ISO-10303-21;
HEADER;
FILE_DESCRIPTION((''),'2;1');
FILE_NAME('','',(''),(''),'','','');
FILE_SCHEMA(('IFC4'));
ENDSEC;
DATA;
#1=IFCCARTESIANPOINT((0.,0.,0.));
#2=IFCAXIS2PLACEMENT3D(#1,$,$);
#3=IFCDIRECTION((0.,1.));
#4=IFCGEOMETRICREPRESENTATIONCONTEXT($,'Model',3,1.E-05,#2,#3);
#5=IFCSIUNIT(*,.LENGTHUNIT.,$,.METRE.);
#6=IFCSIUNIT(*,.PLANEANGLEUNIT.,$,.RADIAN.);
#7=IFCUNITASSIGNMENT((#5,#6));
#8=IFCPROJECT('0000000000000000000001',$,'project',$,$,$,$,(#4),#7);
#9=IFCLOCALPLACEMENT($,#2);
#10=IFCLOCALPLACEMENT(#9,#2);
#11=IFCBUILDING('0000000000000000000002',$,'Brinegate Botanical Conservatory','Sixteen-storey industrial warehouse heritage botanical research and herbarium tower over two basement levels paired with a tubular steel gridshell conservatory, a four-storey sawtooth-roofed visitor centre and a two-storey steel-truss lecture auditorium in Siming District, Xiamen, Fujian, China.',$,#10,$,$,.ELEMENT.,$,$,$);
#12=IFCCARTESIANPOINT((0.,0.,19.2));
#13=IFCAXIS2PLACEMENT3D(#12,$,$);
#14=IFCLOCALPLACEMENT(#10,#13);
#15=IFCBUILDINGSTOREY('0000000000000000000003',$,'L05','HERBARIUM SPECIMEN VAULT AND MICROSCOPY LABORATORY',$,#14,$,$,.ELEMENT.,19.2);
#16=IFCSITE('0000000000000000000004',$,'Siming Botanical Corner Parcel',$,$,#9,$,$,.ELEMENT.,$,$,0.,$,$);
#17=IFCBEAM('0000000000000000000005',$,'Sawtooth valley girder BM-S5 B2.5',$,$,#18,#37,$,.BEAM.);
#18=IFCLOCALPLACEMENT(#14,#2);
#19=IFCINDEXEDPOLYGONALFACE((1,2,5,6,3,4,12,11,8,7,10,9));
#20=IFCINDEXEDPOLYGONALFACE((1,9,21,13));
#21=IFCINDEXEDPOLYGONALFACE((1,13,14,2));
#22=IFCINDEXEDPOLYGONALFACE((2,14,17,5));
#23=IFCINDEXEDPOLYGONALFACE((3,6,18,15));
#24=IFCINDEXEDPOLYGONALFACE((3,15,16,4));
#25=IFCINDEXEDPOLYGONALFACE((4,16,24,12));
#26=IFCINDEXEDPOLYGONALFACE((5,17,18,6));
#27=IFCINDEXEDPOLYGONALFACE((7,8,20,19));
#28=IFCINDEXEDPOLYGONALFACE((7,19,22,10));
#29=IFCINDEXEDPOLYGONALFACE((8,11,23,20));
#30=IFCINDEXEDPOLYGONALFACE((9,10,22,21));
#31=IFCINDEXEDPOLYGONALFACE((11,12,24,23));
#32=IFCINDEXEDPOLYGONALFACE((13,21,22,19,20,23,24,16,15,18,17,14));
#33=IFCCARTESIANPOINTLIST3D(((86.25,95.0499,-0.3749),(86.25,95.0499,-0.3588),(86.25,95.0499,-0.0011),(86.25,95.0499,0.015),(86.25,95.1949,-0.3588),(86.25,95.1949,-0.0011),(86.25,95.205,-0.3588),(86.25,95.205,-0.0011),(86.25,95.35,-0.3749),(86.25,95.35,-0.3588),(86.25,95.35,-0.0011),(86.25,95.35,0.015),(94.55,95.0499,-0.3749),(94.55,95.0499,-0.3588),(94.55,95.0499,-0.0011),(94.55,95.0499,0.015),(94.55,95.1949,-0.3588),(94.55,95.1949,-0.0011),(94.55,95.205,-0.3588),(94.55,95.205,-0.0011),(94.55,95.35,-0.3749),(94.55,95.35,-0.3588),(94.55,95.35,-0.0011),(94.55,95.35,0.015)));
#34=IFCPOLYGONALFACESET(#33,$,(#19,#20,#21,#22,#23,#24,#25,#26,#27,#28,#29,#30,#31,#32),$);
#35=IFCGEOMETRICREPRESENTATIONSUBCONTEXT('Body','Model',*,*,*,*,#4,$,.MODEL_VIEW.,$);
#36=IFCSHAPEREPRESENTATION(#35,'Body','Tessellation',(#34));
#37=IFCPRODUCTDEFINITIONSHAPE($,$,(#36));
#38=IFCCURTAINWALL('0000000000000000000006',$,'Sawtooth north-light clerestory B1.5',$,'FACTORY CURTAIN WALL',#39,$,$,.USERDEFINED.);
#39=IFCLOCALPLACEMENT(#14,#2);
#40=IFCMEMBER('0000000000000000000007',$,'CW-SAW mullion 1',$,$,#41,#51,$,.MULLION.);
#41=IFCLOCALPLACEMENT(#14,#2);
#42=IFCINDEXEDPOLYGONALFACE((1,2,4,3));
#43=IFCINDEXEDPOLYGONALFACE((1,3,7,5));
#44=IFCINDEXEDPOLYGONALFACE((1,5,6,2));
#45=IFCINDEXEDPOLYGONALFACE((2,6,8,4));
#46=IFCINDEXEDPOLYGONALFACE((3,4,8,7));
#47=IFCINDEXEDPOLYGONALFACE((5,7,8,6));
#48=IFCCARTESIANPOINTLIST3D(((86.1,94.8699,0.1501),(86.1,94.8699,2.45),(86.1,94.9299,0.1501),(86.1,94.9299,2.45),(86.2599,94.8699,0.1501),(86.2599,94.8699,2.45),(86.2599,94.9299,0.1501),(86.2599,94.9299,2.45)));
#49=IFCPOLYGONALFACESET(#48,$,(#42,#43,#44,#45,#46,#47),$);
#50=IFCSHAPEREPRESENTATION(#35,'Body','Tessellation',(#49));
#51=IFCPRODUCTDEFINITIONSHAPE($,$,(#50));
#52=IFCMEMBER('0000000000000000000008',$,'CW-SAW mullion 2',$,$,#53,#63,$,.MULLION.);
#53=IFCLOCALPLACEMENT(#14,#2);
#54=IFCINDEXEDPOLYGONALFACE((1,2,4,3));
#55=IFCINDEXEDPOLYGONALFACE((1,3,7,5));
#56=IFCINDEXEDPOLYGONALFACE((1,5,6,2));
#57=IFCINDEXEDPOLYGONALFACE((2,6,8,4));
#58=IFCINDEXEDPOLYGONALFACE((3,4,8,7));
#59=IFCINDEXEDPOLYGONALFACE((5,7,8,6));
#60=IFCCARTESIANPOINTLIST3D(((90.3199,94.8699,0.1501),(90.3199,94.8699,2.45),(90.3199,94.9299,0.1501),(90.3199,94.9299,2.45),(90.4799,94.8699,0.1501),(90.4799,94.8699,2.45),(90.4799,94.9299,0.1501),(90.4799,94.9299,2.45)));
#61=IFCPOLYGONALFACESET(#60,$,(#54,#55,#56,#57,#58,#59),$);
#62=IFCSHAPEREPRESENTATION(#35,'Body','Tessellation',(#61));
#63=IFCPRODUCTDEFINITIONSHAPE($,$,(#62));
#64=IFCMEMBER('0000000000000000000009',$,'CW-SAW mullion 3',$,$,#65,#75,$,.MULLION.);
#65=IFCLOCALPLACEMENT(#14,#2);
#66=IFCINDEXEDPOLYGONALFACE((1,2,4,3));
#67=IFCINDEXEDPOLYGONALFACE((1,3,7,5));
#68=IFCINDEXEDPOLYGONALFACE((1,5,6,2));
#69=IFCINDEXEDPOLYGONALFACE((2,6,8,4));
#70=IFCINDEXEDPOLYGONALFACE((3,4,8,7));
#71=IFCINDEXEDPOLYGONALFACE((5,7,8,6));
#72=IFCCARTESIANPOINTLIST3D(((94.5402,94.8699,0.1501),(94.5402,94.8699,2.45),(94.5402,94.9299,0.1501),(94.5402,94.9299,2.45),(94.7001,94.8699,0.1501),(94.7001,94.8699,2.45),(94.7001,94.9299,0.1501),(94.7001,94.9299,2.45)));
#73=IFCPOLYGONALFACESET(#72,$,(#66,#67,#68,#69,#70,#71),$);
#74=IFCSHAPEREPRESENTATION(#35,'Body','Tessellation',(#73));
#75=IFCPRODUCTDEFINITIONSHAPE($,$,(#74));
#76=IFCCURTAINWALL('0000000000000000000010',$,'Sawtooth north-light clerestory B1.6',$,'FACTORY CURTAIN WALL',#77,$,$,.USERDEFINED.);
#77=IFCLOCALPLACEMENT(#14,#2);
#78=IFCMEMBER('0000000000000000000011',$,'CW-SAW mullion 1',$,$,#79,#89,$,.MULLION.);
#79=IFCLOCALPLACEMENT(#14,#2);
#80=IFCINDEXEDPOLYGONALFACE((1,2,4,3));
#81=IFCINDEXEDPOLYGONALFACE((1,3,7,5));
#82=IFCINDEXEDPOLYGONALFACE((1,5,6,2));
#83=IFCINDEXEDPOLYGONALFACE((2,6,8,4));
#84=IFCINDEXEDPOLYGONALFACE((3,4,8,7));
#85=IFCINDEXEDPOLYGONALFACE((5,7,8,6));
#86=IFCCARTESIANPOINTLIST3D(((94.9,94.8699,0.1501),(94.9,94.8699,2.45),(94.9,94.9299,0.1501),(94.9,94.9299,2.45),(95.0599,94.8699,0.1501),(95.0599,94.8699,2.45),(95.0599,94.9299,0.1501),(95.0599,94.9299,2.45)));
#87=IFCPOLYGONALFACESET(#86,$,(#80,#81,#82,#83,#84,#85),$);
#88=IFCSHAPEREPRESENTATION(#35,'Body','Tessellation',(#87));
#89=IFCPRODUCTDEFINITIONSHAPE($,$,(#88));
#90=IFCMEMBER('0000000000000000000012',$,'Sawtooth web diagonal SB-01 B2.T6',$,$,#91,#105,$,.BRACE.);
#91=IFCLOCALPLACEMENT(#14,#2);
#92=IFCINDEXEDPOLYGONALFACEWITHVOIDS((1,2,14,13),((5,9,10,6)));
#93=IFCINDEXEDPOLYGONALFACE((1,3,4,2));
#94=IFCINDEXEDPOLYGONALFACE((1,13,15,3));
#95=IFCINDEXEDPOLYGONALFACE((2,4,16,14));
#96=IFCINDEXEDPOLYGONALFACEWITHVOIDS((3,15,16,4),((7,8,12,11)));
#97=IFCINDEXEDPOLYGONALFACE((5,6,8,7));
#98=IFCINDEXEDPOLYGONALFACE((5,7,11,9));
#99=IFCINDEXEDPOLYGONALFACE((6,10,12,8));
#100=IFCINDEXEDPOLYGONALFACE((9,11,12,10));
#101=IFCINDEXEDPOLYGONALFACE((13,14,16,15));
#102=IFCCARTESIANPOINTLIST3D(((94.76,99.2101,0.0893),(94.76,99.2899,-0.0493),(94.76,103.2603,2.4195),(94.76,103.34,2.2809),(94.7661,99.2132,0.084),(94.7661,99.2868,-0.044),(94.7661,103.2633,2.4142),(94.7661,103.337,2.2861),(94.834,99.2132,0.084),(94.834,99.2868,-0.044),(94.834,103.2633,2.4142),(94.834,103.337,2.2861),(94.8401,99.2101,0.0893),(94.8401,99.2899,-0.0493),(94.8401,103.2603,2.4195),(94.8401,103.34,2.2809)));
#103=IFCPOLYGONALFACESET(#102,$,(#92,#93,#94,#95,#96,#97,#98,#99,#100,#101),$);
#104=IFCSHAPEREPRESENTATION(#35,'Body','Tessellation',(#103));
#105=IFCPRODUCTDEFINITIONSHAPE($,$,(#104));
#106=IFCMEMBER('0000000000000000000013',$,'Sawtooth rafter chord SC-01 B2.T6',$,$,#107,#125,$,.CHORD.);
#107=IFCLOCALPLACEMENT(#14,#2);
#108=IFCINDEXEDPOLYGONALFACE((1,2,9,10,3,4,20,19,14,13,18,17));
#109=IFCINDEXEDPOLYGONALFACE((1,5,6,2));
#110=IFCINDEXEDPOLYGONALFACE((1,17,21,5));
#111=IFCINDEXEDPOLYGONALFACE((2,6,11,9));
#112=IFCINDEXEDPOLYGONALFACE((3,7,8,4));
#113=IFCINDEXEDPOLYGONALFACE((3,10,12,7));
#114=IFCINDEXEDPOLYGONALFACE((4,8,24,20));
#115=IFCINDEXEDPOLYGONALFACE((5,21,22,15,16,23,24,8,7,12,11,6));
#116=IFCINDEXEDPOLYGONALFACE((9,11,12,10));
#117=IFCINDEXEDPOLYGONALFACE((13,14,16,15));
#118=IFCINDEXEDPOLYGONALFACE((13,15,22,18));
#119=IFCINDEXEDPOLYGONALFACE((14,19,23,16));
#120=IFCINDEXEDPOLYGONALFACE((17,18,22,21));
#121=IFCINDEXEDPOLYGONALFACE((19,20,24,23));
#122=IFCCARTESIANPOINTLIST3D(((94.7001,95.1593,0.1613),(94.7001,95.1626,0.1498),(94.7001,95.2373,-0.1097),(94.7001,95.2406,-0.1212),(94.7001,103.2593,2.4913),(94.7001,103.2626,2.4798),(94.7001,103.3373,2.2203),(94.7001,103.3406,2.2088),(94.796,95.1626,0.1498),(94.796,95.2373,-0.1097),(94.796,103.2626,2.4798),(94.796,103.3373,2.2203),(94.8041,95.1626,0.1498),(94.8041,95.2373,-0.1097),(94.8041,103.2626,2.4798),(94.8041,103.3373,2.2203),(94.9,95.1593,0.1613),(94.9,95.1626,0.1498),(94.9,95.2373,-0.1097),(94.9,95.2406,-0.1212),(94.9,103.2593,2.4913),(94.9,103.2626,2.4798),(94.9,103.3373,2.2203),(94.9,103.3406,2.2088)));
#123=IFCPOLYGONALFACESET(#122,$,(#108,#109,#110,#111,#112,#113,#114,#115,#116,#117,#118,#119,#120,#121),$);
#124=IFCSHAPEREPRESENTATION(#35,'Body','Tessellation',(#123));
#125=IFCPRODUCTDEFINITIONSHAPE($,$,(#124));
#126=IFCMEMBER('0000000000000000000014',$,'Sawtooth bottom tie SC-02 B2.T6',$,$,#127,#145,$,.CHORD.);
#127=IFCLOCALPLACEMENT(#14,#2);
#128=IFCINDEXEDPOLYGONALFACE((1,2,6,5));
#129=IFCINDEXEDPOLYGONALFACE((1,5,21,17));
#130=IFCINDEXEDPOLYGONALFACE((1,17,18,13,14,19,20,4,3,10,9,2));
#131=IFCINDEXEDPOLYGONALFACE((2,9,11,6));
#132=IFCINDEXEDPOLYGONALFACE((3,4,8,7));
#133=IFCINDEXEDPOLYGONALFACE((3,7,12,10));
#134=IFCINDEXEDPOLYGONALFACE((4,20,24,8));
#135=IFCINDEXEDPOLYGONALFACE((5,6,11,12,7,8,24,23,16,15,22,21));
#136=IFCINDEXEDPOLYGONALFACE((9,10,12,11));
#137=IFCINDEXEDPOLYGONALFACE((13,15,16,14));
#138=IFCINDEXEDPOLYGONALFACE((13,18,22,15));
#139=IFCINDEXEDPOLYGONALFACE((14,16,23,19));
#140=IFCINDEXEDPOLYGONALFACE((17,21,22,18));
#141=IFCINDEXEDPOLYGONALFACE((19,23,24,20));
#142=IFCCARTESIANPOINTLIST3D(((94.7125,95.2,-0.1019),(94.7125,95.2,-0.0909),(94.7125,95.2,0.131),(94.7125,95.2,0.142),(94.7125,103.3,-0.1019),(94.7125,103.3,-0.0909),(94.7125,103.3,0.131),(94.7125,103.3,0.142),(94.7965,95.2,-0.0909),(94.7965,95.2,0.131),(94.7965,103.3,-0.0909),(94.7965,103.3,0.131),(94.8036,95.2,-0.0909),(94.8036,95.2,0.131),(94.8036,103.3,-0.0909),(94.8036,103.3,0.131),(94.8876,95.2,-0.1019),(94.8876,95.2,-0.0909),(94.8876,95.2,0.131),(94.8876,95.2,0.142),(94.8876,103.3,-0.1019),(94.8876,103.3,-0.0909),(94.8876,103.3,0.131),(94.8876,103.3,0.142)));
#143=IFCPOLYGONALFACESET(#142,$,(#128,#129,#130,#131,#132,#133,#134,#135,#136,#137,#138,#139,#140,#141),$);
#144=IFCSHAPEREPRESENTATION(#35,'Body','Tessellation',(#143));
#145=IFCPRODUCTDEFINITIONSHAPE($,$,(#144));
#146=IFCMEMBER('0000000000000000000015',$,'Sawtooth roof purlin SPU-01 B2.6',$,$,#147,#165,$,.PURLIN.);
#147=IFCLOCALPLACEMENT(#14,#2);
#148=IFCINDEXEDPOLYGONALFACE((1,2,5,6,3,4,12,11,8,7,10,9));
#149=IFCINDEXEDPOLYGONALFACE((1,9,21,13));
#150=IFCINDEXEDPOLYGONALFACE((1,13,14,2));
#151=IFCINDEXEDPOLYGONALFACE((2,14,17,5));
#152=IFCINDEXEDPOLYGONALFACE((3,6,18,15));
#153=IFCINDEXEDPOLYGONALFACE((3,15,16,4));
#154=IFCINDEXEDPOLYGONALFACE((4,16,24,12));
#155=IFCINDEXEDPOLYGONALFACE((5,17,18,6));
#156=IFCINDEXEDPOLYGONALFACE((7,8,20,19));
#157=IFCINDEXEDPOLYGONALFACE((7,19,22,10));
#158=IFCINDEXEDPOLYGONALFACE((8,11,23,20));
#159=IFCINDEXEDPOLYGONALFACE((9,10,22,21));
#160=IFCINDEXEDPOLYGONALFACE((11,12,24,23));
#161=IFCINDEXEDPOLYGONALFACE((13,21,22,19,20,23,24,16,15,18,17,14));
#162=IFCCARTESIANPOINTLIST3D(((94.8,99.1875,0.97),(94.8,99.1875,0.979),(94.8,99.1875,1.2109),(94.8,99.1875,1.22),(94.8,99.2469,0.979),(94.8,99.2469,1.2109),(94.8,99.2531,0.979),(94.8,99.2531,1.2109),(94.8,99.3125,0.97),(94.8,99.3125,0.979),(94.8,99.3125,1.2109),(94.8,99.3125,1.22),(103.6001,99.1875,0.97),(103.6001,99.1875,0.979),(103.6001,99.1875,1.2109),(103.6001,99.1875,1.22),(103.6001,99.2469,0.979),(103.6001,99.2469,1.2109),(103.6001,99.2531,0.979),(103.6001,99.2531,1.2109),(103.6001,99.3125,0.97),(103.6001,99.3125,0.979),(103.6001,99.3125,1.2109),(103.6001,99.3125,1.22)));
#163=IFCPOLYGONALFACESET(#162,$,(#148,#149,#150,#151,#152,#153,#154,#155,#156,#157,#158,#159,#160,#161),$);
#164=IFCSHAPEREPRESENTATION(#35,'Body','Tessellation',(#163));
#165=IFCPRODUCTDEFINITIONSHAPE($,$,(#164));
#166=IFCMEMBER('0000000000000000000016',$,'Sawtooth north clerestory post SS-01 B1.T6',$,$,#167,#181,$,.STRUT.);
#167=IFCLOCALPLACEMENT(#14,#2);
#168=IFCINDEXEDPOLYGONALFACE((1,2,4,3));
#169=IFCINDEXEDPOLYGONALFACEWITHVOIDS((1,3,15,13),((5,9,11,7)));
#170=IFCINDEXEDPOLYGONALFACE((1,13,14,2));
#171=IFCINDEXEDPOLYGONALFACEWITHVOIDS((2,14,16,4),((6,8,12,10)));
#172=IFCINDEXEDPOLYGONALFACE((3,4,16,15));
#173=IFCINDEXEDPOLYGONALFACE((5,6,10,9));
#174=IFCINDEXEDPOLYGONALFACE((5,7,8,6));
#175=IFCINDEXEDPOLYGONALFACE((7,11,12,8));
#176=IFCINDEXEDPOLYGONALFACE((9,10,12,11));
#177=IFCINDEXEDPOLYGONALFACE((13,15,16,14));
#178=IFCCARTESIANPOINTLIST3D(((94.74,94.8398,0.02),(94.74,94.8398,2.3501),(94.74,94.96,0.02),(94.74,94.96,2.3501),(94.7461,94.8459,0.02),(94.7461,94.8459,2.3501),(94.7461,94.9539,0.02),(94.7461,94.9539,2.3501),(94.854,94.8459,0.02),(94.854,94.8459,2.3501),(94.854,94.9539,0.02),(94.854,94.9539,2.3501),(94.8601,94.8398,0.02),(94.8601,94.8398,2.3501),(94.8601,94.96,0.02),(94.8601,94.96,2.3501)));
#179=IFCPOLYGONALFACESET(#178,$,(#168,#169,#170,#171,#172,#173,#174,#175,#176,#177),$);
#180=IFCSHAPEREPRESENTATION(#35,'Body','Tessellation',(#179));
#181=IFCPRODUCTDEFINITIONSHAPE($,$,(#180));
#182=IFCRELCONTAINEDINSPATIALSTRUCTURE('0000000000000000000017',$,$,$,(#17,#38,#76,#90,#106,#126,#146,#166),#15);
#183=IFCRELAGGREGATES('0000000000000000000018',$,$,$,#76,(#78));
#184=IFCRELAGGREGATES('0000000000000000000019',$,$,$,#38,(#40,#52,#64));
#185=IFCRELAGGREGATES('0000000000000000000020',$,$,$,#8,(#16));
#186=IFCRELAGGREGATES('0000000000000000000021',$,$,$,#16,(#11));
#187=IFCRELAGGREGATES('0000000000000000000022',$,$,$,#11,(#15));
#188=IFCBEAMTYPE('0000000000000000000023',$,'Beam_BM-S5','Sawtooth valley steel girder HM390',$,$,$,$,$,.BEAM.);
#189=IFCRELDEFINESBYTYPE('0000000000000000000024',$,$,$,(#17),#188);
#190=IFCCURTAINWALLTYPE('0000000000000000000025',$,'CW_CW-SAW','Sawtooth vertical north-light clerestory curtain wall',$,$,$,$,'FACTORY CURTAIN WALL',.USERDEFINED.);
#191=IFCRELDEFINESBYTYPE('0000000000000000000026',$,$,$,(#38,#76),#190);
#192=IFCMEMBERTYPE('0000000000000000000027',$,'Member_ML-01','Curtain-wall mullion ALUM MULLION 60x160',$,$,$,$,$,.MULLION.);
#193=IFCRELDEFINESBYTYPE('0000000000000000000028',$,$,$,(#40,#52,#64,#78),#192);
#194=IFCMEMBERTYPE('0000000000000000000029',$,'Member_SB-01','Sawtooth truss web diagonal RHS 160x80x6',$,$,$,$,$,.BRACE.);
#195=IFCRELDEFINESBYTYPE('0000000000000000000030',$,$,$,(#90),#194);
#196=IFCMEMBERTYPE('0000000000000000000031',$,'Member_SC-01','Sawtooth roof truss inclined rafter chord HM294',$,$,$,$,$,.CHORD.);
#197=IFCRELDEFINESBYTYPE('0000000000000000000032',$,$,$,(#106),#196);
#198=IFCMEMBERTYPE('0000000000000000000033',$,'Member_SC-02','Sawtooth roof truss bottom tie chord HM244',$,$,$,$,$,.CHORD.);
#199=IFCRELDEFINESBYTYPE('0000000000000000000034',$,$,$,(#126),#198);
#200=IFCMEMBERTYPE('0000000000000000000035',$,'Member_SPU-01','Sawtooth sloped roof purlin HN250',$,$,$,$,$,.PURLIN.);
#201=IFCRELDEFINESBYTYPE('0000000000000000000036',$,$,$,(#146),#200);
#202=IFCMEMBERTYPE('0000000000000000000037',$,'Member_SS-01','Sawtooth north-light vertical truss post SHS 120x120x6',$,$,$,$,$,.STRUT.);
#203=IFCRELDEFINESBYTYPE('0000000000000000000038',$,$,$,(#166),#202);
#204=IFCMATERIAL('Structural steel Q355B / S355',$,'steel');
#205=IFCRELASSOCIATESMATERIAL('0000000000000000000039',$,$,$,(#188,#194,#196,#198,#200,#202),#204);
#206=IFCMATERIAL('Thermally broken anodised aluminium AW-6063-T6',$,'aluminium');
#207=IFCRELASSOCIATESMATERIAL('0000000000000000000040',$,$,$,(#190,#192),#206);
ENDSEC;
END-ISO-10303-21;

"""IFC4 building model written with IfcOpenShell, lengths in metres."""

from ifc_helpers import new_model, si_unit, direction, frame, origin, origin_2d, place, context, subcontext, project, spatial, rectangle, hollow_rectangle, i_section, extrude, material, material_profile, profile_set, type_object, element, aggregate, save


model = new_model("IFC4")

# Units and contexts
model_context = context("Model", 3, precision=1e-05, world=origin(), true_north=direction((0.0, 1.0)))
body_context = subcontext(model_context, "Body", "Model", "MODEL_VIEW")
ifc_project = project(units=[si_unit("LENGTHUNIT", "METRE"), si_unit("PLANEANGLEUNIT", "RADIAN")], contexts=[model_context])

# Site, building, storey
site_placement = place(None, origin())
site = spatial("IfcSite", under=ifc_project, at=site_placement, Name="Siming Botanical Corner Parcel", CompositionType="ELEMENT", RefElevation=0.0)
building_placement = place(site_placement, origin())
building = spatial("IfcBuilding", under=site, at=building_placement, Name="Brinegate Botanical Conservatory", Description="Sixteen-storey industrial warehouse heritage botanical research and herbarium tower over two basement levels paired with a tubular steel gridshell conservatory, a four-storey sawtooth-roofed visitor centre and a two-storey steel-truss lecture auditorium in Siming District, Xiamen, Fujian, China.", CompositionType="ELEMENT")
storey_placement = place(building_placement, frame((0.0, 0.0, 19.2)))
storey = spatial("IfcBuildingStorey", under=building, at=storey_placement, Name="L05", Description="HERBARIUM SPECIMEN VAULT AND MICROSCOPY LABORATORY", CompositionType="ELEMENT", Elevation=19.2)

# Beam
ifc_material_1 = material(Name="Structural steel Q355B / S355", Category="steel")
ifc_material_profile_1 = material_profile(ifc_material_1, i_section(OverallWidth=0.3, OverallDepth=0.3899, WebThickness=0.01, FlangeThickness=0.0161, at=origin_2d()), Name="HM 390x300x10x16")
ifc_profile_set_1 = profile_set([ifc_material_profile_1], Name="Structural steel Q355B / S355")
beam_type = type_object("IfcBeamType", Name="Beam_BM-S5", Description="Sawtooth valley steel girder HM390", PredefinedType="BEAM", material=ifc_profile_set_1)
beam_placement = place(storey_placement, frame((86.25, 95.2, -0.1799), z_axis=(1.0, 0.0, 0.0), x_axis=(0.0, 1.0, 0.0)))
element("IfcBeam", 1, at=beam_placement, inside=storey, type_object=beam_type, Name="Sawtooth valley girder BM-S5 B2.5", PredefinedType="BEAM", context=body_context, shape_type="SweptSolid", body=[
    extrude(i_section(OverallWidth=0.3, OverallDepth=0.3899, WebThickness=0.01, FlangeThickness=0.0161, at=origin_2d()), origin(), (0.0, 0.0, 1.0), 8.3),
])

# Curtain wall, members
ifc_material_2 = material(Name="Thermally broken anodised aluminium AW-6063-T6", Category="aluminium")
curtain_wall_type = type_object("IfcCurtainWallType", Name="CW_CW-SAW", Description="Sawtooth vertical north-light clerestory curtain wall", ElementType="FACTORY CURTAIN WALL", PredefinedType="USERDEFINED", material=ifc_material_2)
curtain_wall_1_placement = place(storey_placement, origin())
curtain_wall_1 = element("IfcCurtainWall", 2, at=curtain_wall_1_placement, inside=storey, type_object=curtain_wall_type, Name="Sawtooth north-light clerestory B1.5", ObjectType="FACTORY CURTAIN WALL", PredefinedType="USERDEFINED")
ifc_material_profile_2 = material_profile(ifc_material_2, rectangle(XDim=0.0601, YDim=0.1599, at=origin_2d()), Name="ALUM MULLION 60x160")
ifc_profile_set_2 = profile_set([ifc_material_profile_2], Name="Thermally broken anodised aluminium AW-6063-T6")
member_type_1 = type_object("IfcMemberType", Name="Member_ML-01", Description="Curtain-wall mullion ALUM MULLION 60x160", PredefinedType="MULLION", material=ifc_profile_set_2)
member_1_placement = place(storey_placement, frame((86.1799, 94.8999, 0.1501), z_axis=(0.0, 0.0, 1.0), x_axis=(0.0, 1.0, 0.0)))
member_1 = element("IfcMember", 3, at=member_1_placement, type_object=member_type_1, Name="CW-SAW mullion 1", PredefinedType="MULLION", context=body_context, shape_type="SweptSolid", body=[
    extrude(rectangle(XDim=0.0601, YDim=0.1599, at=origin_2d()), origin(), (0.0, 0.0, 1.0), 2.2998),
])
member_2_placement = place(storey_placement, frame((90.3999, 94.8999, 0.1501), z_axis=(0.0, 0.0, 1.0), x_axis=(0.0, 1.0, 0.0)))
member_2 = element("IfcMember", 4, at=member_2_placement, type_object=member_type_1, Name="CW-SAW mullion 2", PredefinedType="MULLION", context=body_context, shape_type="SweptSolid", body=[
    extrude(rectangle(XDim=0.0601, YDim=0.1599, at=origin_2d()), origin(), (0.0, 0.0, 1.0), 2.2998),
])
member_3_placement = place(storey_placement, frame((94.6201, 94.8999, 0.1501), z_axis=(0.0, 0.0, 1.0), x_axis=(0.0, 1.0, 0.0)))
member_3 = element("IfcMember", 5, at=member_3_placement, type_object=member_type_1, Name="CW-SAW mullion 3", PredefinedType="MULLION", context=body_context, shape_type="SweptSolid", body=[
    extrude(rectangle(XDim=0.0601, YDim=0.1599, at=origin_2d()), origin(), (0.0, 0.0, 1.0), 2.2998),
])

# Curtain wall, member
curtain_wall_2_placement = place(storey_placement, origin())
curtain_wall_2 = element("IfcCurtainWall", 6, at=curtain_wall_2_placement, inside=storey, type_object=curtain_wall_type, Name="Sawtooth north-light clerestory B1.6", ObjectType="FACTORY CURTAIN WALL", PredefinedType="USERDEFINED")
member_4_placement = place(storey_placement, frame((94.98, 94.8999, 0.1501), z_axis=(0.0, 0.0, 1.0), x_axis=(0.0, 1.0, 0.0)))
member_4 = element("IfcMember", 7, at=member_4_placement, type_object=member_type_1, Name="CW-SAW mullion 1", PredefinedType="MULLION", context=body_context, shape_type="SweptSolid", body=[
    extrude(rectangle(XDim=0.0601, YDim=0.1599, at=origin_2d()), origin(), (0.0, 0.0, 1.0), 2.2998),
])

# Members
ifc_material_profile_3 = material_profile(ifc_material_1, hollow_rectangle(XDim=0.0801, YDim=0.1599, WallThickness=0.0061, at=origin_2d()), Name="RHS 160x80x6")
ifc_profile_set_3 = profile_set([ifc_material_profile_3], Name="Structural steel Q355B / S355")
member_type_2 = type_object("IfcMemberType", Name="Member_SB-01", Description="Sawtooth truss web diagonal RHS 160x80x6", PredefinedType="BRACE", material=ifc_profile_set_3)
member_5_placement = place(storey_placement, frame((94.8, 99.25, 0.02), z_axis=(0.0, 0.866786, 0.49868), x_axis=(-1.0, 0.0, 0.0)))
element("IfcMember", 8, at=member_5_placement, inside=storey, type_object=member_type_2, Name="Sawtooth web diagonal SB-01 B2.T6", PredefinedType="BRACE", context=body_context, shape_type="SweptSolid", body=[
    extrude(hollow_rectangle(XDim=0.0801, YDim=0.1599, WallThickness=0.0061, at=origin_2d()), origin(), (0.0, 0.0, 1.0), 4.6726),
])
ifc_material_profile_4 = material_profile(ifc_material_1, i_section(OverallWidth=0.2, OverallDepth=0.2939, WebThickness=0.0081, FlangeThickness=0.012, at=origin_2d()), Name="HM 294x200x8x12")
ifc_profile_set_4 = profile_set([ifc_material_profile_4], Name="Structural steel Q355B / S355")
member_type_3 = type_object("IfcMemberType", Name="Member_SC-01", Description="Sawtooth roof truss inclined rafter chord HM294", PredefinedType="CHORD", material=ifc_profile_set_4)
member_6_placement = place(storey_placement, frame((94.8, 95.2, 0.02), z_axis=(0.0, 0.961028, 0.27645), x_axis=(-1.0, 0.0, 0.0)))
element("IfcMember", 9, at=member_6_placement, inside=storey, type_object=member_type_3, Name="Sawtooth rafter chord SC-01 B2.T6", PredefinedType="CHORD", context=body_context, shape_type="SweptSolid", body=[
    extrude(i_section(OverallWidth=0.2, OverallDepth=0.2939, WebThickness=0.0081, FlangeThickness=0.012, at=origin_2d()), origin(), (0.0, 0.0, 1.0), 8.4285),
])
ifc_material_profile_5 = material_profile(ifc_material_1, i_section(OverallWidth=0.175, OverallDepth=0.2439, WebThickness=0.0071, FlangeThickness=0.011, at=origin_2d()), Name="HM 244x175x7x11")
ifc_profile_set_5 = profile_set([ifc_material_profile_5], Name="Structural steel Q355B / S355")
member_type_4 = type_object("IfcMemberType", Name="Member_SC-02", Description="Sawtooth roof truss bottom tie chord HM244", PredefinedType="CHORD", material=ifc_profile_set_5)
member_7_placement = place(storey_placement, frame((94.8, 95.2, 0.02), z_axis=(0.0, 1.0, 0.0), x_axis=(-1.0, 0.0, 0.0)))
element("IfcMember", 10, at=member_7_placement, inside=storey, type_object=member_type_4, Name="Sawtooth bottom tie SC-02 B2.T6", PredefinedType="CHORD", context=body_context, shape_type="SweptSolid", body=[
    extrude(i_section(OverallWidth=0.175, OverallDepth=0.2439, WebThickness=0.0071, FlangeThickness=0.011, at=origin_2d()), origin(), (0.0, 0.0, 1.0), 8.1001),
])
ifc_material_profile_6 = material_profile(ifc_material_1, i_section(OverallWidth=0.125, OverallDepth=0.25, WebThickness=0.0061, FlangeThickness=0.009, at=origin_2d()), Name="HN 250x125x6x9")
ifc_profile_set_6 = profile_set([ifc_material_profile_6], Name="Structural steel Q355B / S355")
member_type_5 = type_object("IfcMemberType", Name="Member_SPU-01", Description="Sawtooth sloped roof purlin HN250", PredefinedType="PURLIN", material=ifc_profile_set_6)
member_8_placement = place(storey_placement, frame((94.8, 99.25, 1.095), z_axis=(1.0, 0.0, 0.0), x_axis=(0.0, 1.0, 0.0)))
element("IfcMember", 11, at=member_8_placement, inside=storey, type_object=member_type_5, Name="Sawtooth roof purlin SPU-01 B2.6", PredefinedType="PURLIN", context=body_context, shape_type="SweptSolid", body=[
    extrude(i_section(OverallWidth=0.125, OverallDepth=0.25, WebThickness=0.0061, FlangeThickness=0.009, at=origin_2d()), origin(), (0.0, 0.0, 1.0), 8.8),
])
ifc_material_profile_7 = material_profile(ifc_material_1, hollow_rectangle(XDim=0.1201, YDim=0.1201, WallThickness=0.0061, at=origin_2d()), Name="SHS 120x120x6")
ifc_profile_set_7 = profile_set([ifc_material_profile_7], Name="Structural steel Q355B / S355")
member_type_6 = type_object("IfcMemberType", Name="Member_SS-01", Description="Sawtooth north-light vertical truss post SHS 120x120x6", PredefinedType="STRUT", material=ifc_profile_set_7)
member_9_placement = place(storey_placement, frame((94.8, 94.8999, 0.02), z_axis=(0.0, 0.0, 1.0), x_axis=(1.0, 0.0, 0.0)))
element("IfcMember", 12, at=member_9_placement, inside=storey, type_object=member_type_6, Name="Sawtooth north clerestory post SS-01 B1.T6", PredefinedType="STRUT", context=body_context, shape_type="SweptSolid", body=[
    extrude(hollow_rectangle(XDim=0.1201, YDim=0.1201, WallThickness=0.0061, at=origin_2d()), origin(), (0.0, 0.0, 1.0), 2.3301),
])

aggregate(curtain_wall_2, [member_4])

aggregate(curtain_wall_1, [member_1, member_2, member_3])

save(model, "model.ifc")
